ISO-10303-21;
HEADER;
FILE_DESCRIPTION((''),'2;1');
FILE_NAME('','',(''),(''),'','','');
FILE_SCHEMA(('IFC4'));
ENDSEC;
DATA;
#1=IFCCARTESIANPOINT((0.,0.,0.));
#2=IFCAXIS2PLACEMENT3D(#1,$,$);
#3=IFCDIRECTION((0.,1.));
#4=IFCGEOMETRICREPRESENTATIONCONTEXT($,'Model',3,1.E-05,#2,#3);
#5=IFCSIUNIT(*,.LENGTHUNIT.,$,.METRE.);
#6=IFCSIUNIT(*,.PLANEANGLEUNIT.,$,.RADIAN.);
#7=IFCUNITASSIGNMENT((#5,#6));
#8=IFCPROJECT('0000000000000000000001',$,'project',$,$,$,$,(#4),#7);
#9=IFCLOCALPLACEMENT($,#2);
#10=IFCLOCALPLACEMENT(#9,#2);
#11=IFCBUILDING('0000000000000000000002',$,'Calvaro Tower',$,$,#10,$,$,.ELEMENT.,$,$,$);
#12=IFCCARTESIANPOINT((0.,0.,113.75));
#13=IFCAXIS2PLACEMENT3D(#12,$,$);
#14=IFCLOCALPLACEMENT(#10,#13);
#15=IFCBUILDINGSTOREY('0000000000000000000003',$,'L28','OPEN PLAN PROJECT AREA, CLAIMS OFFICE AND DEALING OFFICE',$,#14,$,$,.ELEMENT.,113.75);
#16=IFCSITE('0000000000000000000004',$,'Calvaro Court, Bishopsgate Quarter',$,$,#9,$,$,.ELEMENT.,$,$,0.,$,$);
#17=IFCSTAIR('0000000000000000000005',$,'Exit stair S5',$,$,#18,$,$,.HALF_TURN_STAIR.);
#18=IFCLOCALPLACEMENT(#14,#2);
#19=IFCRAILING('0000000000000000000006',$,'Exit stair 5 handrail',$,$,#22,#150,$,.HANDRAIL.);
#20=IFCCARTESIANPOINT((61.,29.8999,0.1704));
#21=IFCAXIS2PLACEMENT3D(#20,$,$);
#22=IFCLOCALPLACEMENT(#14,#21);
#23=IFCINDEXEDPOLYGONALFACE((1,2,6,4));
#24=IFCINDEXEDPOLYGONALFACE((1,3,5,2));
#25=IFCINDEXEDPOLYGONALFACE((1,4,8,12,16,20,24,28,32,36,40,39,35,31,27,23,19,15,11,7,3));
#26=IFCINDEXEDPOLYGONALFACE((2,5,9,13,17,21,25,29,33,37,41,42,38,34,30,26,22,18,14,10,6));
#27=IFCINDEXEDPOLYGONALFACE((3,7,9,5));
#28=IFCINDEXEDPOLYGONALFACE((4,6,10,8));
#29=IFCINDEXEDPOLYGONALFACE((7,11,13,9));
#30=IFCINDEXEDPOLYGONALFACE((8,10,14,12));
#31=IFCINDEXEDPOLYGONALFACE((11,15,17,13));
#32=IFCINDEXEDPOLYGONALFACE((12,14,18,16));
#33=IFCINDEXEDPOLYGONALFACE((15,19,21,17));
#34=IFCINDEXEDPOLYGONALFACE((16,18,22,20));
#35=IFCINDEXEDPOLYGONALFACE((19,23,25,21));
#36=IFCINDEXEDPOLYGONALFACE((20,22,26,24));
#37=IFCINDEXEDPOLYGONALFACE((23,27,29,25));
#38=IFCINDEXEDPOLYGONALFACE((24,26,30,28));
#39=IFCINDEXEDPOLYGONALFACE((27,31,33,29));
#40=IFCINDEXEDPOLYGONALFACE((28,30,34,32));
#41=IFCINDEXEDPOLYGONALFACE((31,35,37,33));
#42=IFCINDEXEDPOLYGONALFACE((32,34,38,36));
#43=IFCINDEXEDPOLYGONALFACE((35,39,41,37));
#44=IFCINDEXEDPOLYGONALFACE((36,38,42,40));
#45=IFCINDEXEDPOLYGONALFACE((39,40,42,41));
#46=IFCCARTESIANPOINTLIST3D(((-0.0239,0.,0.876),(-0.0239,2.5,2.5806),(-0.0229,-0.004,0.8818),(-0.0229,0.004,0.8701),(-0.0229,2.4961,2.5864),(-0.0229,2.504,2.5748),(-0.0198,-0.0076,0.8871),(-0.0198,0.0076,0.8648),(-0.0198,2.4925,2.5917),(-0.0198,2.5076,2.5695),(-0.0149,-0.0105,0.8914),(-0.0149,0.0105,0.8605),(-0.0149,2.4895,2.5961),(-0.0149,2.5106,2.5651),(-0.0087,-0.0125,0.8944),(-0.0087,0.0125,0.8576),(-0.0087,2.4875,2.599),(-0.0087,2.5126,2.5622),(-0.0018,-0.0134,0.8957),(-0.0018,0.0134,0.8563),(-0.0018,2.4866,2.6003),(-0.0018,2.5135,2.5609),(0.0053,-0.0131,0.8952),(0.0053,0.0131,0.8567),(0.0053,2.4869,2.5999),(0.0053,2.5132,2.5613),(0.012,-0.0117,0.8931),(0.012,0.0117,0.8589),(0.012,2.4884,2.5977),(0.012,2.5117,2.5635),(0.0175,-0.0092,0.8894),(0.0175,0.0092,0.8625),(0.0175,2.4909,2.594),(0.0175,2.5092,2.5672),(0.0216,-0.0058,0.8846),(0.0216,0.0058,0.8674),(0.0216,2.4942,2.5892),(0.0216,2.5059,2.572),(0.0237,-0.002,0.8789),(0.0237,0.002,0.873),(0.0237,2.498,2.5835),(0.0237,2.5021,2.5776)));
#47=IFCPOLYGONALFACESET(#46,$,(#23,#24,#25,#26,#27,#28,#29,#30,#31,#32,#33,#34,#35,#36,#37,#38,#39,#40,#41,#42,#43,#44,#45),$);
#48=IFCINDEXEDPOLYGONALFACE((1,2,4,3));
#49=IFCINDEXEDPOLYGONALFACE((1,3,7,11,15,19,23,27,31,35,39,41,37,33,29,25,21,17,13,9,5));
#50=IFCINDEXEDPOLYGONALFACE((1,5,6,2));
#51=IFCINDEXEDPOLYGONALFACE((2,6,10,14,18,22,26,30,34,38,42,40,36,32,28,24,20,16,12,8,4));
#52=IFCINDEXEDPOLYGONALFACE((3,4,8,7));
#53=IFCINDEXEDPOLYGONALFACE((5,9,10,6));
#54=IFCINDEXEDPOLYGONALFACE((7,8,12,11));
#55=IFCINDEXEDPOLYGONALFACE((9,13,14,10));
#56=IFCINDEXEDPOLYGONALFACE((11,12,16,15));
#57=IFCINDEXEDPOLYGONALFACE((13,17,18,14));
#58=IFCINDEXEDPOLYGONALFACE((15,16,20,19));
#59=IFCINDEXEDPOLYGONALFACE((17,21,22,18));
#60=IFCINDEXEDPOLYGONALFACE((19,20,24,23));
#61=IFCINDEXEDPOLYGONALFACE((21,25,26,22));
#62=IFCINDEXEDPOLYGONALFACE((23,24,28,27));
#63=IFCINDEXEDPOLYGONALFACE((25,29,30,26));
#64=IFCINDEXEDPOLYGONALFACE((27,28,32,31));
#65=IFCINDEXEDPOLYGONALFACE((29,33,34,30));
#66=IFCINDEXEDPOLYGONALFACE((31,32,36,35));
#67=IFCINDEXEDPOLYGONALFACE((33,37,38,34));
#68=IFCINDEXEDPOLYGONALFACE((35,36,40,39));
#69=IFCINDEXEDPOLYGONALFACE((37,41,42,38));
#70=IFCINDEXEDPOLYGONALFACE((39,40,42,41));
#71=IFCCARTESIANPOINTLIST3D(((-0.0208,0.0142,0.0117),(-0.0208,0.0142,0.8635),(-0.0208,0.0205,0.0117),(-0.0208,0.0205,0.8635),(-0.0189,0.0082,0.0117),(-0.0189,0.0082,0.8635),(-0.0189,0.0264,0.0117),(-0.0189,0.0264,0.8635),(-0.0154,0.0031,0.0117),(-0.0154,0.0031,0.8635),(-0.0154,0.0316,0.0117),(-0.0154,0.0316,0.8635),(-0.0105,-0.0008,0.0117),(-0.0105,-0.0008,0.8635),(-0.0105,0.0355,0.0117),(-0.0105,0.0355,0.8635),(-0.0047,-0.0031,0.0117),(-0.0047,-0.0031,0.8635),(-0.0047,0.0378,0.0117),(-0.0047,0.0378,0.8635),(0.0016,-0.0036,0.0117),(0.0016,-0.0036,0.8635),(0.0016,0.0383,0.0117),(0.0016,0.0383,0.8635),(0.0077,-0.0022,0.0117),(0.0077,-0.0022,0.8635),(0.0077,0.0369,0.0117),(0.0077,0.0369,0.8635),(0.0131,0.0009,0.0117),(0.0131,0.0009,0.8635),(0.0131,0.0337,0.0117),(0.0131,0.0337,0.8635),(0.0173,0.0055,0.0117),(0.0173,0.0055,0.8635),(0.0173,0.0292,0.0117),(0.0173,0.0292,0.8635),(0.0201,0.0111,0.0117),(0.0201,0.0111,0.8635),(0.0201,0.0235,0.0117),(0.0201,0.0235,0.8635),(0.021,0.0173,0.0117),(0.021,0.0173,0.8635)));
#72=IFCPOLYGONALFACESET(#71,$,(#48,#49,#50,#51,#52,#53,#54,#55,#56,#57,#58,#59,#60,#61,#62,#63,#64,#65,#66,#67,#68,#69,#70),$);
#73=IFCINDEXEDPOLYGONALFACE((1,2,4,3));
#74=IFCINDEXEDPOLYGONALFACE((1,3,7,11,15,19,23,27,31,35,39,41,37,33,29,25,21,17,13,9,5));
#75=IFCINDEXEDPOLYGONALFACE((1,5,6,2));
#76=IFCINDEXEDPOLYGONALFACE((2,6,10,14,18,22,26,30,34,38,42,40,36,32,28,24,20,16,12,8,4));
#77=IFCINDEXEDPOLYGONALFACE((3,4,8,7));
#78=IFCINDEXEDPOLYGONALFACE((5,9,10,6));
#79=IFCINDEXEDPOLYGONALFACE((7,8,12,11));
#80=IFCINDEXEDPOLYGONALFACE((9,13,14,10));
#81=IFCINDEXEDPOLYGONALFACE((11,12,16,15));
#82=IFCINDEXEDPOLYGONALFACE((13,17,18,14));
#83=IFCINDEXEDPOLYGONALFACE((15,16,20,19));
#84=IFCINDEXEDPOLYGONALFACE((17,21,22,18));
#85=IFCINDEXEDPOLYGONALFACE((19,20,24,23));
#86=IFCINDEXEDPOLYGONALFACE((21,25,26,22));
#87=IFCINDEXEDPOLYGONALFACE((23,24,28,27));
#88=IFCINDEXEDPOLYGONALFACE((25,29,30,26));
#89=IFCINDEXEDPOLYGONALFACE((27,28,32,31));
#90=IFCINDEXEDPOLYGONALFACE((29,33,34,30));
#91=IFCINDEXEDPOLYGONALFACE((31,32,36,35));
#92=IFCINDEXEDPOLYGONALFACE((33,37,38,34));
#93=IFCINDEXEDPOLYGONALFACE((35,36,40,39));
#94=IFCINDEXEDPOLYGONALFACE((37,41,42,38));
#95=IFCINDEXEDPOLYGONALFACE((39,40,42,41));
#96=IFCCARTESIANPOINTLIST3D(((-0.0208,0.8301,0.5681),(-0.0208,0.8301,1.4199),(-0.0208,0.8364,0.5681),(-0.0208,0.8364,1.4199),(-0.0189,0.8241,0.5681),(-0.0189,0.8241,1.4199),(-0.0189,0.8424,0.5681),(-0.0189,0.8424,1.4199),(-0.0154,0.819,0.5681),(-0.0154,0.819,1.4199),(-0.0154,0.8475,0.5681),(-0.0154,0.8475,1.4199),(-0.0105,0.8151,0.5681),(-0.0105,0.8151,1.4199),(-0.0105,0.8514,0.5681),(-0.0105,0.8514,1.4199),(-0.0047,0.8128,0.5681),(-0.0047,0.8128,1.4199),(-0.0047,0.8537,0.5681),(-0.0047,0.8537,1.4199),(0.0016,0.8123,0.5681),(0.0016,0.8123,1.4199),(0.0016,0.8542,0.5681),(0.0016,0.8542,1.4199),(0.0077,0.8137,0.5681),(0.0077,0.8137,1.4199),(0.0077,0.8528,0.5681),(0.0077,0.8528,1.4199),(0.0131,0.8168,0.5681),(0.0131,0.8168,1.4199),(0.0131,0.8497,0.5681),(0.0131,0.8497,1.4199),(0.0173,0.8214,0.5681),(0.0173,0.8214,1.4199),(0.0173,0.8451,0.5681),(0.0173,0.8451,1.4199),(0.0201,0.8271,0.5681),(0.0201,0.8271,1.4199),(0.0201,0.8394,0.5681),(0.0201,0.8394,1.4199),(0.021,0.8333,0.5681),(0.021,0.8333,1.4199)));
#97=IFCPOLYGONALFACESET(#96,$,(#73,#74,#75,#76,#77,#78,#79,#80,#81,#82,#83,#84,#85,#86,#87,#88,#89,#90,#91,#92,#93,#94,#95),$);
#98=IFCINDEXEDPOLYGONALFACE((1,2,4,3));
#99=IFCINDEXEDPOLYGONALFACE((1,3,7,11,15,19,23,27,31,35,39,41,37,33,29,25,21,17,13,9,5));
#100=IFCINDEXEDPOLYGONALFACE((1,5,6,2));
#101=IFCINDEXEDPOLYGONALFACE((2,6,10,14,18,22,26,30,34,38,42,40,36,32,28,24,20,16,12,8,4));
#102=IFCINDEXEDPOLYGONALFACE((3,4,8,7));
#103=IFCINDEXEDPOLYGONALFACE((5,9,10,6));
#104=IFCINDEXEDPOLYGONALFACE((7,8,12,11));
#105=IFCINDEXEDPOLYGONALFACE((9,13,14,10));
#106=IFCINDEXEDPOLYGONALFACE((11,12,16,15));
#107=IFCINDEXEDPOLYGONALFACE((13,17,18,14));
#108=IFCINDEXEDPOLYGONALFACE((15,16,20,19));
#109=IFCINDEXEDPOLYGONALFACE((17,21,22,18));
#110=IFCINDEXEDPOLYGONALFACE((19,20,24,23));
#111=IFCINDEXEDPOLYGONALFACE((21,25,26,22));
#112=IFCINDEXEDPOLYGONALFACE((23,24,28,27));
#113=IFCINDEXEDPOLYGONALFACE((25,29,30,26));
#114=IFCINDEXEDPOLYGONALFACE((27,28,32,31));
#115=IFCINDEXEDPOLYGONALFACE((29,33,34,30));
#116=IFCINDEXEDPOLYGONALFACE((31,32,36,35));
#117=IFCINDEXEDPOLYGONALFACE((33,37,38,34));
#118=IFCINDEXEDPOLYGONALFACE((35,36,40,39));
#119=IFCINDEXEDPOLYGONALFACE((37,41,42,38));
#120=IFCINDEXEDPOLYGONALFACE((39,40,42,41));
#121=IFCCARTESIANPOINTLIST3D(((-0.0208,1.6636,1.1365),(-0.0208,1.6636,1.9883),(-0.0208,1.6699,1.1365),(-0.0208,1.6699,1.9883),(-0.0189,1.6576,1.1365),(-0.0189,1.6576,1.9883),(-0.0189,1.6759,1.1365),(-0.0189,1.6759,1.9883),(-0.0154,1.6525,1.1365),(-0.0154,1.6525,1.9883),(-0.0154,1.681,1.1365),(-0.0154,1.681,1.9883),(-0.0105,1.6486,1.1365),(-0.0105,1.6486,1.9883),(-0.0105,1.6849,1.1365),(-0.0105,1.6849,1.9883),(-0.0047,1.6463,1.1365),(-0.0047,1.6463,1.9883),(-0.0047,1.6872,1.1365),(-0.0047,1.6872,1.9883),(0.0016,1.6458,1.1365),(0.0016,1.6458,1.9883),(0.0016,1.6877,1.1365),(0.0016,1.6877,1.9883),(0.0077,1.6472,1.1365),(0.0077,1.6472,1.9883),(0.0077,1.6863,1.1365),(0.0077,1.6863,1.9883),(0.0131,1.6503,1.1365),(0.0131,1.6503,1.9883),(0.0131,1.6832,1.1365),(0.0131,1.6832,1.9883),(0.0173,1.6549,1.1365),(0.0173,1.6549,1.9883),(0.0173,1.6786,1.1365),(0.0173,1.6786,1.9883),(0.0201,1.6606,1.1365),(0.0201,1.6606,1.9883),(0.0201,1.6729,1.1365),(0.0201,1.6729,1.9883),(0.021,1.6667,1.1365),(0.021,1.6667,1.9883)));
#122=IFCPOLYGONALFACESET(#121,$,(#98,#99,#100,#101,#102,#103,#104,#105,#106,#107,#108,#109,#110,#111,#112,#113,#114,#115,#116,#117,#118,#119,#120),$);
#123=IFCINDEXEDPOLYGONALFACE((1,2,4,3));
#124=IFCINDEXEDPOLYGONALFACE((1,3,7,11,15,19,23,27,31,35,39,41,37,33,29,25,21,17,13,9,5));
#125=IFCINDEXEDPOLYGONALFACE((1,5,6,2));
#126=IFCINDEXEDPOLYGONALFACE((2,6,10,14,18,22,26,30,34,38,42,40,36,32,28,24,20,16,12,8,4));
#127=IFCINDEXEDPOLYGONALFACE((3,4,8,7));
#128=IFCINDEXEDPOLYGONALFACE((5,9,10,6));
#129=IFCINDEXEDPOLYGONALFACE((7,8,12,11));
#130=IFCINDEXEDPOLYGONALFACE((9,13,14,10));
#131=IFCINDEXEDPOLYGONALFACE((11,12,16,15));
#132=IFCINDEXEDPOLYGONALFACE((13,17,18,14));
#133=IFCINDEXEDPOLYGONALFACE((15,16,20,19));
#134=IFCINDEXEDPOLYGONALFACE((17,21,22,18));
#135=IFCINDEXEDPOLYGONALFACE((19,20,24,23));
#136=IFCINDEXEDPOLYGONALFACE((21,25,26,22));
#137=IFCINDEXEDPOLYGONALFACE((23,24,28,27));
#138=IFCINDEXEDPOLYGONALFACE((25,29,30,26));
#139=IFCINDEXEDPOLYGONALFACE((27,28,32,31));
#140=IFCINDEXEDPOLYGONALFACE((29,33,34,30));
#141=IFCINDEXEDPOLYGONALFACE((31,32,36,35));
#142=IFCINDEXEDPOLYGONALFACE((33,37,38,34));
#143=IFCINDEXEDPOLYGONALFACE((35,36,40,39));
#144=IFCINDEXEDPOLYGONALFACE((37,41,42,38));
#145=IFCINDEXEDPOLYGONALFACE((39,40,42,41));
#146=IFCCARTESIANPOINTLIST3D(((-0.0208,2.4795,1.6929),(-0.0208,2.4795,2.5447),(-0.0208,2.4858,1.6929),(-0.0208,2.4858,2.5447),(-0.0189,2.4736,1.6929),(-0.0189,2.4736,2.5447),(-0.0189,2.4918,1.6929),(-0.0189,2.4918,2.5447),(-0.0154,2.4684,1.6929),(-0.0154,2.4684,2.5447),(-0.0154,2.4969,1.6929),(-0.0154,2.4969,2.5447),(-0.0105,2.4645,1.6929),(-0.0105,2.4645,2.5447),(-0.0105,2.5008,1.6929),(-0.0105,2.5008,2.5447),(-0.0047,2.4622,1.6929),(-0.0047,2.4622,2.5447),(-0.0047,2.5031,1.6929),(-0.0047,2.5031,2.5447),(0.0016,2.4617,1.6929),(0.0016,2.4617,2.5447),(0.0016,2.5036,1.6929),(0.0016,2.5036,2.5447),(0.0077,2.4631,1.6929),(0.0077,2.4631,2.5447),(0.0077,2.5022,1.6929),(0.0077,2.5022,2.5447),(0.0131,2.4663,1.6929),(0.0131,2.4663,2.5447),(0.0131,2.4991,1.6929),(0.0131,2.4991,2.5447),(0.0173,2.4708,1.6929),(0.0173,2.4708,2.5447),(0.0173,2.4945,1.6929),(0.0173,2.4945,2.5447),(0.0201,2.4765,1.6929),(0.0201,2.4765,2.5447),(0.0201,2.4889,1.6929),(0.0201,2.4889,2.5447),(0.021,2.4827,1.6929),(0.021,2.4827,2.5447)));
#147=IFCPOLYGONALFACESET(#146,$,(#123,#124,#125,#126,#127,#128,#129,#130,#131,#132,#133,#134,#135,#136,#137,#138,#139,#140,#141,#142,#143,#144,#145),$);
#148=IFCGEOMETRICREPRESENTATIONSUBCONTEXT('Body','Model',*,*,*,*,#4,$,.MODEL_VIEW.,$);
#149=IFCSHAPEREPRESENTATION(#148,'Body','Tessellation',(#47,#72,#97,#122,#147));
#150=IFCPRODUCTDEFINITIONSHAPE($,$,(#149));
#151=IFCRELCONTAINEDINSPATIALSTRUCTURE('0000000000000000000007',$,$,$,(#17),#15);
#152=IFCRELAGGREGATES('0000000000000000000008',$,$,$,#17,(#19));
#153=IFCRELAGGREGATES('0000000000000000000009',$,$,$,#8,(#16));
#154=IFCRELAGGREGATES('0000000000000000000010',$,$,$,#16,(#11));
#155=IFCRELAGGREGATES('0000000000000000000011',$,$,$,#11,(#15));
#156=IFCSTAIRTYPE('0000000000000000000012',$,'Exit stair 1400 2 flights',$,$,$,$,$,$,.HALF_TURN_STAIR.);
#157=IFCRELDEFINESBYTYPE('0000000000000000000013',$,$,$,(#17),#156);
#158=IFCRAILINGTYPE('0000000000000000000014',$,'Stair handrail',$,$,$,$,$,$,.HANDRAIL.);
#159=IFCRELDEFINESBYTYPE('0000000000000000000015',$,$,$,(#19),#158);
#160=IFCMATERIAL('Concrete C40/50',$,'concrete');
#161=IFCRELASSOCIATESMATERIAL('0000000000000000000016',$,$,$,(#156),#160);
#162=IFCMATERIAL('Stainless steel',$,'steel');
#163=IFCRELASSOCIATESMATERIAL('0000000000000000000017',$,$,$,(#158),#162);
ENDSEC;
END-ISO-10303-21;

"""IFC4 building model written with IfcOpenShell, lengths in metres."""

from ifc_helpers import new_model, si_unit, direction, frame, origin, origin_2d, place, context, subcontext, project, spatial, circle, extrude, material, type_object, element, aggregate, save


model = new_model("IFC4")

# Units and contexts
model_context = context("Model", 3, precision=1e-05, world=origin(), true_north=direction((0.0, 1.0)))
body_context = subcontext(model_context, "Body", "Model", "MODEL_VIEW")
ifc_project = project(units=[si_unit("LENGTHUNIT", "METRE"), si_unit("PLANEANGLEUNIT", "RADIAN")], contexts=[model_context])

# Site, building, storey
site_placement = place(None, origin())
site = spatial("IfcSite", under=ifc_project, at=site_placement, Name="Calvaro Court, Bishopsgate Quarter", CompositionType="ELEMENT", RefElevation=0.0)
building_placement = place(site_placement, origin())
building = spatial("IfcBuilding", under=site, at=building_placement, Name="Calvaro Tower", CompositionType="ELEMENT")
storey_placement = place(building_placement, frame((0.0, 0.0, 113.75)))
storey = spatial("IfcBuildingStorey", under=building, at=storey_placement, Name="L28", Description="OPEN PLAN PROJECT AREA, CLAIMS OFFICE AND DEALING OFFICE", CompositionType="ELEMENT", Elevation=113.75)

# Stair
ifc_material_1 = material(Name="Concrete C40/50", Category="concrete")
stair_type = type_object("IfcStairType", Name="Exit stair 1400 2 flights", PredefinedType="HALF_TURN_STAIR", material=ifc_material_1)
stair_1_placement = place(storey_placement, origin())
stair_1 = element("IfcStair", 1, at=stair_1_placement, inside=storey, type_object=stair_type, Name="Exit stair S5", PredefinedType="HALF_TURN_STAIR")

# Shared definitions
ifc_material_2 = material(Name="Stainless steel", Category="steel")
railing_type = type_object("IfcRailingType", Name="Stair handrail", PredefinedType="HANDRAIL", material=ifc_material_2)

# Railing
railing_1_placement = place(storey_placement, frame((61.0, 29.8999, 0.1704)))
railing_1 = element("IfcRailing", 2, at=railing_1_placement, type_object=railing_type, Name="Exit stair 5 handrail", PredefinedType="HANDRAIL", context=body_context, shape_type="SweptSolid", body=[
    extrude(circle(Radius=0.0239, at=origin_2d()), frame((0.0, 0.0, 0.876), z_axis=(0.0, 0.826221, 0.563347), x_axis=(-1.0, 0.0, 0.0)), (0.0, 0.0, 1.0), 3.0259),
    extrude(circle(Radius=0.021, at=origin_2d()), frame((0.0, 0.0173, 0.0117)), (0.0, 0.0, 1.0), 0.8518),
    extrude(circle(Radius=0.021, at=origin_2d()), frame((0.0, 0.8333, 0.5681)), (0.0, 0.0, 1.0), 0.8518),
    extrude(circle(Radius=0.021, at=origin_2d()), frame((0.0, 1.6667, 1.1365)), (0.0, 0.0, 1.0), 0.8518),
    extrude(circle(Radius=0.021, at=origin_2d()), frame((0.0, 2.4827, 1.6929)), (0.0, 0.0, 1.0), 0.8518),
])
aggregate(stair_1, [railing_1])

save(model, "model.ifc")
